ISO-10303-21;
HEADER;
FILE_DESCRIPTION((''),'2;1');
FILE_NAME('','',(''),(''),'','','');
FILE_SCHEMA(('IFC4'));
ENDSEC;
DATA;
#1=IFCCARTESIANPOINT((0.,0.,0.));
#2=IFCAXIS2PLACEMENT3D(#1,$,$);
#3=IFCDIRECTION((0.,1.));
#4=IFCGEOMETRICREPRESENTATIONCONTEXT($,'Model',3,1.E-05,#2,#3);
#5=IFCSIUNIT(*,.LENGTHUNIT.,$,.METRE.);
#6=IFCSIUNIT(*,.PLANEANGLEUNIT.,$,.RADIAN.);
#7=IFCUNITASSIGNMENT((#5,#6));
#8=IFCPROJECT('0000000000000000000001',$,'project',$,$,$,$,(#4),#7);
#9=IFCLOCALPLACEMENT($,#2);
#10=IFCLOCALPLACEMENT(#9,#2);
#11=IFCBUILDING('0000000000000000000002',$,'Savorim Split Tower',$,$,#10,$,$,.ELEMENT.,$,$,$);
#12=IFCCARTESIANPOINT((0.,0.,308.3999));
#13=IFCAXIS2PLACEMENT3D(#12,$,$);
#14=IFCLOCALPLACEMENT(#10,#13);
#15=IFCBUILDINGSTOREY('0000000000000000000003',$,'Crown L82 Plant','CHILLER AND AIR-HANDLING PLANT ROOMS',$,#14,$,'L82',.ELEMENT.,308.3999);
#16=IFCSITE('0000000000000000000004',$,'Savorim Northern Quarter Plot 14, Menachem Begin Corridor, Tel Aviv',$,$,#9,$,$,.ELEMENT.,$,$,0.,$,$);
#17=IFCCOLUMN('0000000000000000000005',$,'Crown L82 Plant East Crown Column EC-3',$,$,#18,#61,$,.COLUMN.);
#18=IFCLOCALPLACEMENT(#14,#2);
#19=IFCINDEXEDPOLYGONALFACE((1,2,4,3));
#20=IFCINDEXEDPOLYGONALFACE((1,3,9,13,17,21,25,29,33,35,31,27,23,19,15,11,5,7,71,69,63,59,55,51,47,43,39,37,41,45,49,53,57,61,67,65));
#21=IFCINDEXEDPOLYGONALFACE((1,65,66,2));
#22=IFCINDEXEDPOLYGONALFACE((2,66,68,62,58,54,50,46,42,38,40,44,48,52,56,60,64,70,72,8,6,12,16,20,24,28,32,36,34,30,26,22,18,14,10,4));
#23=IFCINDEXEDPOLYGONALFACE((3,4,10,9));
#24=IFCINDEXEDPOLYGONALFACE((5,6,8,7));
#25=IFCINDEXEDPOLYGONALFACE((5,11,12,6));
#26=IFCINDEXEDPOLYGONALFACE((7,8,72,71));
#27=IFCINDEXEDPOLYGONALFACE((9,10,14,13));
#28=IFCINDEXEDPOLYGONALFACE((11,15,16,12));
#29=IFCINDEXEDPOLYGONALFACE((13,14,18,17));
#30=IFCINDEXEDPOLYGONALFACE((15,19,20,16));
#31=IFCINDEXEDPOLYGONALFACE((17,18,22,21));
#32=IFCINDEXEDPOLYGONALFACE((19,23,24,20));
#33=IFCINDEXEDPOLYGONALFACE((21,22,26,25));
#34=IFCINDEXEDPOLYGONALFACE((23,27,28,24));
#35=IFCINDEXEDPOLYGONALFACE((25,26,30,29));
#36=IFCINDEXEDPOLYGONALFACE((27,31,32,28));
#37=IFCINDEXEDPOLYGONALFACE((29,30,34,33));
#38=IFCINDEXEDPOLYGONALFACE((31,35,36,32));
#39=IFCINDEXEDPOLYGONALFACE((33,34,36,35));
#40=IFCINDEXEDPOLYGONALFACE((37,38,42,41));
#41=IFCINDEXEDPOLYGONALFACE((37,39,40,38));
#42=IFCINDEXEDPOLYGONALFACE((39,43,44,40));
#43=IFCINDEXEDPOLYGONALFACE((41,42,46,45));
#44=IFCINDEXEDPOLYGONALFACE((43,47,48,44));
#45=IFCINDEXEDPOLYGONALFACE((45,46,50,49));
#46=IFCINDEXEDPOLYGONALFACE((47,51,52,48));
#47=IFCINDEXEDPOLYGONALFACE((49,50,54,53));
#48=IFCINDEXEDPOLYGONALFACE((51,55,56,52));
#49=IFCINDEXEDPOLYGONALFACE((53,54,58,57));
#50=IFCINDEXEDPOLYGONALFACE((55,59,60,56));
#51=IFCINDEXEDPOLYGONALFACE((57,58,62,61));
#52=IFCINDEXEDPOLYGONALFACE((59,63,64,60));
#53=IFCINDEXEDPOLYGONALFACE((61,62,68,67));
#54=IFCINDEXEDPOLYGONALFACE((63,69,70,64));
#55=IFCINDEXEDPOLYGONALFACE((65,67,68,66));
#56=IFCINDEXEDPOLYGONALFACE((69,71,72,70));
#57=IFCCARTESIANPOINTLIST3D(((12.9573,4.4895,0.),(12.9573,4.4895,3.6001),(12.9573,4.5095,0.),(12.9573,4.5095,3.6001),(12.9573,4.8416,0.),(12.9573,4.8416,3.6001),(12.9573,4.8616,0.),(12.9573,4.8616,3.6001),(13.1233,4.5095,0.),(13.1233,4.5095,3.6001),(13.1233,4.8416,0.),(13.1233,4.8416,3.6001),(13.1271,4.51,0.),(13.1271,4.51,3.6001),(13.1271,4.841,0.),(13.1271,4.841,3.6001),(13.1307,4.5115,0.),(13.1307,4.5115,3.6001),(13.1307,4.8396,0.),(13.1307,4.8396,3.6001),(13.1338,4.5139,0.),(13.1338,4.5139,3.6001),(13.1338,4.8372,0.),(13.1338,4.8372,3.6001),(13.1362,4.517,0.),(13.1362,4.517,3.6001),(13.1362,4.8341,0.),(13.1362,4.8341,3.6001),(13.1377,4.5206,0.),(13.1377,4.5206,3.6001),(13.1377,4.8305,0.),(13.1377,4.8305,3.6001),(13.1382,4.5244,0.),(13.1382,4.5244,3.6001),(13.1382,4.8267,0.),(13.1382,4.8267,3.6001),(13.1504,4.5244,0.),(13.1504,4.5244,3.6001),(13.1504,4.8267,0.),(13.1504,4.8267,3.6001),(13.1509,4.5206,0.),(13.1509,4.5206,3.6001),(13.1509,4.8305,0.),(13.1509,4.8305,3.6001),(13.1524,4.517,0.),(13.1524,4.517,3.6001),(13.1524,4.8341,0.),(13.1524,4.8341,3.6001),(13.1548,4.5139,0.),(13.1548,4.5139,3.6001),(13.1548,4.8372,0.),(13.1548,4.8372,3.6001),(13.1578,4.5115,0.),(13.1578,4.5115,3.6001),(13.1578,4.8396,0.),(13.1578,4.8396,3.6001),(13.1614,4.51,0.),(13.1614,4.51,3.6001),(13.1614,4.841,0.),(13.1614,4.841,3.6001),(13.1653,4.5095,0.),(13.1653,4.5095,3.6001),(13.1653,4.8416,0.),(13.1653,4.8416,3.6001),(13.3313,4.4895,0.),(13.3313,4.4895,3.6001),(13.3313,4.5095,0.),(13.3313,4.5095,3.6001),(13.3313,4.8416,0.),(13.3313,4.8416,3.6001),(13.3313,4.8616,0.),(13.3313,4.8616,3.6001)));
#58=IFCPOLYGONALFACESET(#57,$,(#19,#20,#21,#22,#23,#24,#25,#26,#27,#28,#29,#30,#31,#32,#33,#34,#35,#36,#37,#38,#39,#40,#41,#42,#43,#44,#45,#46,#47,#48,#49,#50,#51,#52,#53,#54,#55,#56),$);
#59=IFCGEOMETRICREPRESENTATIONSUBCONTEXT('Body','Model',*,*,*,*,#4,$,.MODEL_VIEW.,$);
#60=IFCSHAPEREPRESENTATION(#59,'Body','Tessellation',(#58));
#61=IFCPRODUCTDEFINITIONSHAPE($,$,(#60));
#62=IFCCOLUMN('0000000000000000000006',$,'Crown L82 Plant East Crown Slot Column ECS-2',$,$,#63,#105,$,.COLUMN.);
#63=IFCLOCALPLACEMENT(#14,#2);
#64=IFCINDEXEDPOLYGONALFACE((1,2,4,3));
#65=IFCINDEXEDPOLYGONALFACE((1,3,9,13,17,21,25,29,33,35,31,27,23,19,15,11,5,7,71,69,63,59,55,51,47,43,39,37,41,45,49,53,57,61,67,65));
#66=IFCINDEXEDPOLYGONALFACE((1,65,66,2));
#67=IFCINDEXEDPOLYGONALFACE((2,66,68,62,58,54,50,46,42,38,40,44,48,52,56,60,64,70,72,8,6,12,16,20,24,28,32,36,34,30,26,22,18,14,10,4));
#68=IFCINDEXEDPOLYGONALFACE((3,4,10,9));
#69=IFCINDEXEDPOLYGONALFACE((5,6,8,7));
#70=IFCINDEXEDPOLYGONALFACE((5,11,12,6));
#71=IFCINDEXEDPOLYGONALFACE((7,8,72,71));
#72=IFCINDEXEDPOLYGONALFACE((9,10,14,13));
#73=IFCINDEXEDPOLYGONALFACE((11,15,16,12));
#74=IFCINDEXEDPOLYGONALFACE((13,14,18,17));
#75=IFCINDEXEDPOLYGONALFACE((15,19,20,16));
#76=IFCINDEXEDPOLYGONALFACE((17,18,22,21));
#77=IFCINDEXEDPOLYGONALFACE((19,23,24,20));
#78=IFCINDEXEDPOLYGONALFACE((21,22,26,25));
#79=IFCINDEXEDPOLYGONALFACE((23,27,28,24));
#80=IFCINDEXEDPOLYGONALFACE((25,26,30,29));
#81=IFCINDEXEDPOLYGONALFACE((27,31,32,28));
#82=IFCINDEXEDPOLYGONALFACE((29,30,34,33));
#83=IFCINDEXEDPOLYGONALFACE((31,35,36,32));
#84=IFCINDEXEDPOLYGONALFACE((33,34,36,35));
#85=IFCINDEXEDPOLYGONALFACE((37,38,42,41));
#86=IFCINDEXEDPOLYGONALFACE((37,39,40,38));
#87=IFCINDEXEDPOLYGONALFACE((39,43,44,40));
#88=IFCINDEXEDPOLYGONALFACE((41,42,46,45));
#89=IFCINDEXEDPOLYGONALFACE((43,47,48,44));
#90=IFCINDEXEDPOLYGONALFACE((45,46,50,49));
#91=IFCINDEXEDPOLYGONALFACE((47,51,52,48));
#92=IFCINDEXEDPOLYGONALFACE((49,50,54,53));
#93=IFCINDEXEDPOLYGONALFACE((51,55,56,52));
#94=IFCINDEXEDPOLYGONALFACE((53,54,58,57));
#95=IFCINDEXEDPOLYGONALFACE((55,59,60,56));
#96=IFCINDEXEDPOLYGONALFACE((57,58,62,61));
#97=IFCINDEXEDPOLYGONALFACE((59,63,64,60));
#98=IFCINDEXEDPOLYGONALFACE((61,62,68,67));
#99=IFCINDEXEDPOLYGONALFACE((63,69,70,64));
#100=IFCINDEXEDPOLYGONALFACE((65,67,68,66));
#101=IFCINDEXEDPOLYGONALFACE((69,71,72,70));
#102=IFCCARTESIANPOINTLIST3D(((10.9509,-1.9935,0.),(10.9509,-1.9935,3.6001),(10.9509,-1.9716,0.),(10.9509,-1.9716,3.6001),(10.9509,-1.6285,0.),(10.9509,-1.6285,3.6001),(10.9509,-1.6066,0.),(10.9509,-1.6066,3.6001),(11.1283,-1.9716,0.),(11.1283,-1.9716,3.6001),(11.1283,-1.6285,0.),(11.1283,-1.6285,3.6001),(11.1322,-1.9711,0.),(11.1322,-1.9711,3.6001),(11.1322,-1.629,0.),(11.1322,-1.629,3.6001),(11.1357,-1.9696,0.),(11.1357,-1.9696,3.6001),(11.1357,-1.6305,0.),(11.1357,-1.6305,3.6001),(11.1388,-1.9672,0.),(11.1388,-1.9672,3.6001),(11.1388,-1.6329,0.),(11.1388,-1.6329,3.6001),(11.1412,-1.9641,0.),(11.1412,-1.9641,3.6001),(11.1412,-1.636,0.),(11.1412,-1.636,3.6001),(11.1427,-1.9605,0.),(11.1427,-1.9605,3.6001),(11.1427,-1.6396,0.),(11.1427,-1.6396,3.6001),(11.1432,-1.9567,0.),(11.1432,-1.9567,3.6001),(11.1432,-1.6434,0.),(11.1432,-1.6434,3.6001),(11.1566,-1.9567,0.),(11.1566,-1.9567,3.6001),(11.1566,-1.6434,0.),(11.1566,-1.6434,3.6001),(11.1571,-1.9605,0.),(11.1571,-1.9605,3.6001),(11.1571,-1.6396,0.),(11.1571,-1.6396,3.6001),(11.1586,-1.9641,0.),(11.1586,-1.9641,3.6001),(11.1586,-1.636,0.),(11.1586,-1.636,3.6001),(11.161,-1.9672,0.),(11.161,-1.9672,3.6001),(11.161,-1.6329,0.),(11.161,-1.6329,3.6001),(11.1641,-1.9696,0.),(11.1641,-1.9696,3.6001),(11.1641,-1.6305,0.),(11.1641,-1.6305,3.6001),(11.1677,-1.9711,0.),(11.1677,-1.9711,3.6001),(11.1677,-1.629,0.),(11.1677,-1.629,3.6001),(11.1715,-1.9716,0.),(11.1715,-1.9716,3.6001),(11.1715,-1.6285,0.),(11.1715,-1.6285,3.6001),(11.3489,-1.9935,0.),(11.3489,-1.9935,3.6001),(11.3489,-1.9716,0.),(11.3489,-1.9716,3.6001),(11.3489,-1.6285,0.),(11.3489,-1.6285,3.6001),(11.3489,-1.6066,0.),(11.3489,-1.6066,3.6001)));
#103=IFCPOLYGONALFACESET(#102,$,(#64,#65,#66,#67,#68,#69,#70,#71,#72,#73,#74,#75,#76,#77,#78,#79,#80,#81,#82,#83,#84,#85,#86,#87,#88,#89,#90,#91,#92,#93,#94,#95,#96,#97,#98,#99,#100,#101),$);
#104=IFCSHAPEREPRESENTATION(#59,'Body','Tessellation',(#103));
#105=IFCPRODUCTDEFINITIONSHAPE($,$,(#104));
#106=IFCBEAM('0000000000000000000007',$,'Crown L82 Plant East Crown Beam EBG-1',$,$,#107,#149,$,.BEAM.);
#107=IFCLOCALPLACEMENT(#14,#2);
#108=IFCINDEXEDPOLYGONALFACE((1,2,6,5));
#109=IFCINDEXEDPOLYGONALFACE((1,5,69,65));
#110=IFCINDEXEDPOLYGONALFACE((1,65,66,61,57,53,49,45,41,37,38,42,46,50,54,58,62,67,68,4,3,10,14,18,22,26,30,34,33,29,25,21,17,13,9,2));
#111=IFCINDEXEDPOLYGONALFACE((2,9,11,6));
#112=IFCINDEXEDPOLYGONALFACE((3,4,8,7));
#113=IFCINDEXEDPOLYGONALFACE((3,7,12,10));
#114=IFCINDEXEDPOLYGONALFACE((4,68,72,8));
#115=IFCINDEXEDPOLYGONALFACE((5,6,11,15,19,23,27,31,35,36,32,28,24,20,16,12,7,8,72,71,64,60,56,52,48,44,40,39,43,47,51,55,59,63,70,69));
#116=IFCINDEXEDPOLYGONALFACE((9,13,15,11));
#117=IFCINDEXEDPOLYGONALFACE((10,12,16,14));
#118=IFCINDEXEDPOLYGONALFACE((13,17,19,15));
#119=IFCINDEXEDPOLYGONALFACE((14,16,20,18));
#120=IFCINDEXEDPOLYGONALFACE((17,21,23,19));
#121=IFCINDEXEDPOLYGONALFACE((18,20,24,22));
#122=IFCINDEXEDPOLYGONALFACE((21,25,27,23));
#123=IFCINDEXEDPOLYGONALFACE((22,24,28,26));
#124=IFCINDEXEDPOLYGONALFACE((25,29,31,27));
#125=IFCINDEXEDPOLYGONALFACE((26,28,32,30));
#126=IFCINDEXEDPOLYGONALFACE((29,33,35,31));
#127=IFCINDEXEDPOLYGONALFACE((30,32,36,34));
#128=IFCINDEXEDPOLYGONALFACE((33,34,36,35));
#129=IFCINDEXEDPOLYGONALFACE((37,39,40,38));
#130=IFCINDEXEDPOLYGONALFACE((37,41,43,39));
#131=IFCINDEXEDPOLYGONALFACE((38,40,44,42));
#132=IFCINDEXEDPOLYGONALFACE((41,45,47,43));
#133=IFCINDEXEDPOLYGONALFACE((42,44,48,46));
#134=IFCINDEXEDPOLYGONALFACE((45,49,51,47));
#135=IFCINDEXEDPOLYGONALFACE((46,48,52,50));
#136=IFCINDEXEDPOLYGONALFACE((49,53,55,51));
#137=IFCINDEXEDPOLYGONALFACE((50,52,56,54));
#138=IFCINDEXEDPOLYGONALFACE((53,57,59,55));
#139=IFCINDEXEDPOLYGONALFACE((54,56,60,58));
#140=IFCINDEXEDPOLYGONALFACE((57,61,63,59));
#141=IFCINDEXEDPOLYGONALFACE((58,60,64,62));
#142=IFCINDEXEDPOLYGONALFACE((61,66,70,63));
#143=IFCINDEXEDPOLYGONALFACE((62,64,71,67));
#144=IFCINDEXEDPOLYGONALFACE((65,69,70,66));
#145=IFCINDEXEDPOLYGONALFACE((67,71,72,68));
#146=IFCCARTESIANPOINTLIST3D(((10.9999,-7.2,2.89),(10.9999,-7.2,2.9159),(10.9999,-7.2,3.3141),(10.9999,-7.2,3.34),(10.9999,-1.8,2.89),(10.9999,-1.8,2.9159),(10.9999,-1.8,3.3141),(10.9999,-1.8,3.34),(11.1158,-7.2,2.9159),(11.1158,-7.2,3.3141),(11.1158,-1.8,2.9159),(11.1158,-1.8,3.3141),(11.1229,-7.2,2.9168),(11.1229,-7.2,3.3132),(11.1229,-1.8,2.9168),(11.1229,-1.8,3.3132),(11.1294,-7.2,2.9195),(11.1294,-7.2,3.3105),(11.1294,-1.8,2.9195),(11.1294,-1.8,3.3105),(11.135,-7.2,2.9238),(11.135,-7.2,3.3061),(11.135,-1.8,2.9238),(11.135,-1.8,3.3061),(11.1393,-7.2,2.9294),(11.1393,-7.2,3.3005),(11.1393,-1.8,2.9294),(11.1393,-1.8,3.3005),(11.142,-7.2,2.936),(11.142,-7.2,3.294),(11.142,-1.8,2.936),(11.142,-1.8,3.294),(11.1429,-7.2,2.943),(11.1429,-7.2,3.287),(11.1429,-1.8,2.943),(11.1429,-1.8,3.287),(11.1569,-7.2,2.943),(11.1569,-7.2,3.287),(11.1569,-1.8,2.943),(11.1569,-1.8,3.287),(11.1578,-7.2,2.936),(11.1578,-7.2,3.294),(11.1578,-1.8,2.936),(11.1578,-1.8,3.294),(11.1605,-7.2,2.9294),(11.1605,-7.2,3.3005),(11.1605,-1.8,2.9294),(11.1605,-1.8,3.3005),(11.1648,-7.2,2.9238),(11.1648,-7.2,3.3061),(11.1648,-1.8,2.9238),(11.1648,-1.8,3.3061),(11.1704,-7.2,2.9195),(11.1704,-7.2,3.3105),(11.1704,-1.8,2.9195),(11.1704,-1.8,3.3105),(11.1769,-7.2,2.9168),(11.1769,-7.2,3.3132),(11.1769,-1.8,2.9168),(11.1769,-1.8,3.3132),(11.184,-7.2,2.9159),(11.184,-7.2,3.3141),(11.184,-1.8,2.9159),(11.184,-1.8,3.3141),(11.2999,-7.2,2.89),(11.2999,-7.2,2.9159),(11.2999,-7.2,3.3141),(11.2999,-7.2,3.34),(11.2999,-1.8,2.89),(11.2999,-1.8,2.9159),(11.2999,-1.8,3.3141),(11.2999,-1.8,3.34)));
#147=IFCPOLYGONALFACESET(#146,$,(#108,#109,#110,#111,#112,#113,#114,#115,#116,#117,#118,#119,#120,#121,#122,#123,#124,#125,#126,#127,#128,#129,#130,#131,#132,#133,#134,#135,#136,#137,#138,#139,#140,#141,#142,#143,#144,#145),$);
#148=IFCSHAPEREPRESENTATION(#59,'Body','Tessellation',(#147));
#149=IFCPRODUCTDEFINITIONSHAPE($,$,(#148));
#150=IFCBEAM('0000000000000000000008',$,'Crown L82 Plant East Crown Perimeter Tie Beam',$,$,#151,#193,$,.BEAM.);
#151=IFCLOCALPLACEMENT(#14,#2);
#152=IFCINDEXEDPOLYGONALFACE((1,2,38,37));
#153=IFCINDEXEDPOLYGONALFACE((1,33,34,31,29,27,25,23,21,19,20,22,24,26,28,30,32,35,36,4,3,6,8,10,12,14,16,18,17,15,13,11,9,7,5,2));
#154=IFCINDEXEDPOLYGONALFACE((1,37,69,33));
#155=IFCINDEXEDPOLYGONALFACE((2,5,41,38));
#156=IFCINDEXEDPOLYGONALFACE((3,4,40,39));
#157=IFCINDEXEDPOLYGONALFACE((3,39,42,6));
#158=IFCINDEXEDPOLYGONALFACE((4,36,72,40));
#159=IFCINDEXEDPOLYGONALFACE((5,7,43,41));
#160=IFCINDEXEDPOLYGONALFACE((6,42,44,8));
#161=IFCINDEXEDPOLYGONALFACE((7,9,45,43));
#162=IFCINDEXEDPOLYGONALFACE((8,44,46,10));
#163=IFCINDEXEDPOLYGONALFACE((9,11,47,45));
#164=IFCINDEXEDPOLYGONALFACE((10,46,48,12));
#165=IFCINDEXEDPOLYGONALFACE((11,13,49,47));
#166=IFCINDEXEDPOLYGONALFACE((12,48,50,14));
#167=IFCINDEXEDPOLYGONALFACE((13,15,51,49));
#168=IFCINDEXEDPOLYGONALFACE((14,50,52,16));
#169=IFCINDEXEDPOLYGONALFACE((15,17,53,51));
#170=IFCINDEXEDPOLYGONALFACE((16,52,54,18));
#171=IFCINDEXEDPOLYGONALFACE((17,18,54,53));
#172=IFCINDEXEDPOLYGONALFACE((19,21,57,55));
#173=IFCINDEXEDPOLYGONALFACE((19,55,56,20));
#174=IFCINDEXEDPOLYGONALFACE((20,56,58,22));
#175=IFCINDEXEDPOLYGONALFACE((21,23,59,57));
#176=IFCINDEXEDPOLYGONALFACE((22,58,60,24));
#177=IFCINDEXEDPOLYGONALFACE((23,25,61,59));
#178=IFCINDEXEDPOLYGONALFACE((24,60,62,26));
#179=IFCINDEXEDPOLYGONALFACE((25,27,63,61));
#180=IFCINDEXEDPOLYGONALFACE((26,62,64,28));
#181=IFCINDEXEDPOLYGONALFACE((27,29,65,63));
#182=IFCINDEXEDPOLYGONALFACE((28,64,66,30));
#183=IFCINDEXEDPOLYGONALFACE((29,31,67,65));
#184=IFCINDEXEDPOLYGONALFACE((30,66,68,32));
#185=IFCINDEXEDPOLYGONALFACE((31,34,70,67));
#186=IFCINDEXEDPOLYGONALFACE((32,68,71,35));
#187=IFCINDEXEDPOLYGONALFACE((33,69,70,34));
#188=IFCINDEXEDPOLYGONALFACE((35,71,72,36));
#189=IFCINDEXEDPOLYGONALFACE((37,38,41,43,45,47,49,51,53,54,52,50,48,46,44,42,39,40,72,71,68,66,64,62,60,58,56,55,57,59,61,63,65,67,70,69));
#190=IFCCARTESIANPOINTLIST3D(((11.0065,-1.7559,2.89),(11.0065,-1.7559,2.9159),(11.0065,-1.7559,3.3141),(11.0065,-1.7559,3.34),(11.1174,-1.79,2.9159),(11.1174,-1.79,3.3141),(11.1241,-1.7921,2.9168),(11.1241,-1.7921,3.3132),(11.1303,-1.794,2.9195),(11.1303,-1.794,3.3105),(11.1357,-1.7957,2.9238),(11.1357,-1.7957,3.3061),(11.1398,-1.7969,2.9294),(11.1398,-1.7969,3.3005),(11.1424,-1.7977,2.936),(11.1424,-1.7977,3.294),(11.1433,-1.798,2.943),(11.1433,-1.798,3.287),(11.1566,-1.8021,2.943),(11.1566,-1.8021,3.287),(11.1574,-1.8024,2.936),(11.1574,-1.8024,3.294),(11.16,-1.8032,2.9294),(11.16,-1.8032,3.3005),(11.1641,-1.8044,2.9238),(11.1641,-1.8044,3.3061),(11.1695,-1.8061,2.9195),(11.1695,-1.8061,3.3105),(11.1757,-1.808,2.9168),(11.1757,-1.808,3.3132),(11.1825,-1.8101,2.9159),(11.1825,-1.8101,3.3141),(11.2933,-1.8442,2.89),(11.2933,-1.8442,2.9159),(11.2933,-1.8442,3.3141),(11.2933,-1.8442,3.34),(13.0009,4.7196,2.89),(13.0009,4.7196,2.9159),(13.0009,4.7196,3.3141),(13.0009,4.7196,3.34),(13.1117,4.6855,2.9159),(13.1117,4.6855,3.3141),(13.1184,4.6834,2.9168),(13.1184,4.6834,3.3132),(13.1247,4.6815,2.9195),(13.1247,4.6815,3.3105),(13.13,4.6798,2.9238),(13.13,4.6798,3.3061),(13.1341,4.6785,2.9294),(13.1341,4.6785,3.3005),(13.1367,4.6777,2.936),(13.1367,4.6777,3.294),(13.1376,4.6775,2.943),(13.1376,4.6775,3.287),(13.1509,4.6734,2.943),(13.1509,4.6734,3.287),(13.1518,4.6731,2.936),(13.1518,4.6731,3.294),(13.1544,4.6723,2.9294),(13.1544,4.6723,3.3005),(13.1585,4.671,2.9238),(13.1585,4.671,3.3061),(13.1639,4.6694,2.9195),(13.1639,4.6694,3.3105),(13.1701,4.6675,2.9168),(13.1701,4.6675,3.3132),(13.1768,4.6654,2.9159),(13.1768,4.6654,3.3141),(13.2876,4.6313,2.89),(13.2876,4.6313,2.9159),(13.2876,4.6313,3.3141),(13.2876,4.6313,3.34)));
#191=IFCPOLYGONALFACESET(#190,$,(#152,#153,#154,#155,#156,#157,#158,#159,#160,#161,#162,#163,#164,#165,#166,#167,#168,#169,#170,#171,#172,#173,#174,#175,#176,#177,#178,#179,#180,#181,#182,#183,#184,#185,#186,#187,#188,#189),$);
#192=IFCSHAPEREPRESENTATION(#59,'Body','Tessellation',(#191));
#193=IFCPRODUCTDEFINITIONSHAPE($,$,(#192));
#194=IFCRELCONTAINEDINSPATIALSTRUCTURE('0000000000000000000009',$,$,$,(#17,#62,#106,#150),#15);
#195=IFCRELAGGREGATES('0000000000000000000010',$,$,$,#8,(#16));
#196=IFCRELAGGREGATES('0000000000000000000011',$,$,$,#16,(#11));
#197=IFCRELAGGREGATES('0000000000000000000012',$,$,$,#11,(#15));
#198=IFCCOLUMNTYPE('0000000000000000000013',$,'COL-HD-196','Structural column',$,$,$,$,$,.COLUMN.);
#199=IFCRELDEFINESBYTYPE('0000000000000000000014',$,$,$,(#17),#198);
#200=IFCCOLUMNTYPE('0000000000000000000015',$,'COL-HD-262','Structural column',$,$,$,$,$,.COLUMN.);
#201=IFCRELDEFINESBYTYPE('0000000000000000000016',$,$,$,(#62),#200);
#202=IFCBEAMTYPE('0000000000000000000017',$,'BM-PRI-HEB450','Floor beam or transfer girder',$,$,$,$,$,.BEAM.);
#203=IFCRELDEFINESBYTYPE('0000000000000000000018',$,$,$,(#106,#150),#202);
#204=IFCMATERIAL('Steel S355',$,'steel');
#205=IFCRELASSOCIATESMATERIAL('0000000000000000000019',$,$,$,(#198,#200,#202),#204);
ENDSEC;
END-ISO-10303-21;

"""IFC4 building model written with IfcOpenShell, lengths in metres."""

from ifc_helpers import new_model, si_unit, direction, frame, origin, origin_2d, place, context, subcontext, project, spatial, i_section, extrude, material, material_profile, profile_set, type_object, element, save


model = new_model("IFC4")

# Units and contexts
model_context = context("Model", 3, precision=1e-05, world=origin(), true_north=direction((0.0, 1.0)))
body_context = subcontext(model_context, "Body", "Model", "MODEL_VIEW")
ifc_project = project(units=[si_unit("LENGTHUNIT", "METRE"), si_unit("PLANEANGLEUNIT", "RADIAN")], contexts=[model_context])

# Site, building, storey
site_placement = place(None, origin())
site = spatial("IfcSite", under=ifc_project, at=site_placement, Name="Savorim Northern Quarter Plot 14, Menachem Begin Corridor, Tel Aviv", CompositionType="ELEMENT", RefElevation=0.0)
building_placement = place(site_placement, origin())
building = spatial("IfcBuilding", under=site, at=building_placement, Name="Savorim Split Tower", CompositionType="ELEMENT")
storey_placement = place(building_placement, frame((0.0, 0.0, 308.3999)))
storey = spatial("IfcBuildingStorey", under=building, at=storey_placement, Name="Crown L82 Plant", Description="CHILLER AND AIR-HANDLING PLANT ROOMS", LongName="L82", CompositionType="ELEMENT", Elevation=308.3999)

# Columns
ifc_material_1 = material(Name="Steel S355", Category="steel")
ifc_material_profile_1 = material_profile(ifc_material_1, i_section(OverallWidth=0.374, OverallDepth=0.3721, WebThickness=0.0122, FlangeThickness=0.02, FilletRadius=0.0149, at=origin_2d()), Name="HD 360x196")
ifc_profile_set_1 = profile_set([ifc_material_profile_1], Name="Steel S355")
column_type_1 = type_object("IfcColumnType", Name="COL-HD-196", Description="Structural column", PredefinedType="COLUMN", material=ifc_profile_set_1)
column_1_placement = place(storey_placement, frame((13.1443, 4.6755, 0.0), z_axis=(0.0, 0.0, 1.0), x_axis=(1.0, 0.0, 0.0)))
element("IfcColumn", 1, at=column_1_placement, inside=storey, type_object=column_type_1, Name="Crown L82 Plant East Crown Column EC-3", PredefinedType="COLUMN", context=body_context, shape_type="SweptSolid", body=[
    extrude(i_section(OverallWidth=0.374, OverallDepth=0.3721, WebThickness=0.0122, FlangeThickness=0.02, FilletRadius=0.0149, at=origin_2d()), origin(), (0.0, 0.0, 1.0), 3.6001),
])
ifc_material_profile_2 = material_profile(ifc_material_1, i_section(OverallWidth=0.3979, OverallDepth=0.387, WebThickness=0.0134, FlangeThickness=0.022, FilletRadius=0.0149, at=origin_2d()), Name="HD 400x262")
ifc_profile_set_2 = profile_set([ifc_material_profile_2], Name="Steel S355")
column_type_2 = type_object("IfcColumnType", Name="COL-HD-262", Description="Structural column", PredefinedType="COLUMN", material=ifc_profile_set_2)
column_2_placement = place(storey_placement, frame((11.1499, -1.8, 0.0), z_axis=(0.0, 0.0, 1.0), x_axis=(1.0, 0.0, 0.0)))
element("IfcColumn", 2, at=column_2_placement, inside=storey, type_object=column_type_2, Name="Crown L82 Plant East Crown Slot Column ECS-2", PredefinedType="COLUMN", context=body_context, shape_type="SweptSolid", body=[
    extrude(i_section(OverallWidth=0.3979, OverallDepth=0.387, WebThickness=0.0134, FlangeThickness=0.022, FilletRadius=0.0149, at=origin_2d()), origin(), (0.0, 0.0, 1.0), 3.6001),
])

# Beams
ifc_material_profile_3 = material_profile(ifc_material_1, i_section(OverallWidth=0.3, OverallDepth=0.45, WebThickness=0.0139, FlangeThickness=0.0259, FilletRadius=0.0271, at=origin_2d()), Name="HEB 450")
ifc_profile_set_3 = profile_set([ifc_material_profile_3], Name="Steel S355")
beam_type = type_object("IfcBeamType", Name="BM-PRI-HEB450", Description="Floor beam or transfer girder", PredefinedType="BEAM", material=ifc_profile_set_3)
beam_1_placement = place(storey_placement, frame((11.1499, -1.8, 3.115), z_axis=(0.0, -1.0, 0.0), x_axis=(1.0, 0.0, 0.0)))
element("IfcBeam", 3, at=beam_1_placement, inside=storey, type_object=beam_type, Name="Crown L82 Plant East Crown Beam EBG-1", PredefinedType="BEAM", context=body_context, shape_type="SweptSolid", body=[
    extrude(i_section(OverallWidth=0.3, OverallDepth=0.45, WebThickness=0.0139, FlangeThickness=0.0259, FilletRadius=0.0271, at=origin_2d()), origin(), (0.0, 0.0, 1.0), 5.3999),
])
beam_2_placement = place(storey_placement, frame((11.1499, -1.8, 3.115), z_axis=(0.294342, 0.9557, 0.0), x_axis=(-0.9557, 0.294342, 0.0)))
element("IfcBeam", 4, at=beam_2_placement, inside=storey, type_object=beam_type, Name="Crown L82 Plant East Crown Perimeter Tie Beam", PredefinedType="BEAM", context=body_context, shape_type="SweptSolid", body=[
    extrude(i_section(OverallWidth=0.3, OverallDepth=0.45, WebThickness=0.0139, FlangeThickness=0.0259, FilletRadius=0.0271, at=origin_2d()), origin(), (0.0, 0.0, 1.0), 6.7756),
])

save(model, "model.ifc")
